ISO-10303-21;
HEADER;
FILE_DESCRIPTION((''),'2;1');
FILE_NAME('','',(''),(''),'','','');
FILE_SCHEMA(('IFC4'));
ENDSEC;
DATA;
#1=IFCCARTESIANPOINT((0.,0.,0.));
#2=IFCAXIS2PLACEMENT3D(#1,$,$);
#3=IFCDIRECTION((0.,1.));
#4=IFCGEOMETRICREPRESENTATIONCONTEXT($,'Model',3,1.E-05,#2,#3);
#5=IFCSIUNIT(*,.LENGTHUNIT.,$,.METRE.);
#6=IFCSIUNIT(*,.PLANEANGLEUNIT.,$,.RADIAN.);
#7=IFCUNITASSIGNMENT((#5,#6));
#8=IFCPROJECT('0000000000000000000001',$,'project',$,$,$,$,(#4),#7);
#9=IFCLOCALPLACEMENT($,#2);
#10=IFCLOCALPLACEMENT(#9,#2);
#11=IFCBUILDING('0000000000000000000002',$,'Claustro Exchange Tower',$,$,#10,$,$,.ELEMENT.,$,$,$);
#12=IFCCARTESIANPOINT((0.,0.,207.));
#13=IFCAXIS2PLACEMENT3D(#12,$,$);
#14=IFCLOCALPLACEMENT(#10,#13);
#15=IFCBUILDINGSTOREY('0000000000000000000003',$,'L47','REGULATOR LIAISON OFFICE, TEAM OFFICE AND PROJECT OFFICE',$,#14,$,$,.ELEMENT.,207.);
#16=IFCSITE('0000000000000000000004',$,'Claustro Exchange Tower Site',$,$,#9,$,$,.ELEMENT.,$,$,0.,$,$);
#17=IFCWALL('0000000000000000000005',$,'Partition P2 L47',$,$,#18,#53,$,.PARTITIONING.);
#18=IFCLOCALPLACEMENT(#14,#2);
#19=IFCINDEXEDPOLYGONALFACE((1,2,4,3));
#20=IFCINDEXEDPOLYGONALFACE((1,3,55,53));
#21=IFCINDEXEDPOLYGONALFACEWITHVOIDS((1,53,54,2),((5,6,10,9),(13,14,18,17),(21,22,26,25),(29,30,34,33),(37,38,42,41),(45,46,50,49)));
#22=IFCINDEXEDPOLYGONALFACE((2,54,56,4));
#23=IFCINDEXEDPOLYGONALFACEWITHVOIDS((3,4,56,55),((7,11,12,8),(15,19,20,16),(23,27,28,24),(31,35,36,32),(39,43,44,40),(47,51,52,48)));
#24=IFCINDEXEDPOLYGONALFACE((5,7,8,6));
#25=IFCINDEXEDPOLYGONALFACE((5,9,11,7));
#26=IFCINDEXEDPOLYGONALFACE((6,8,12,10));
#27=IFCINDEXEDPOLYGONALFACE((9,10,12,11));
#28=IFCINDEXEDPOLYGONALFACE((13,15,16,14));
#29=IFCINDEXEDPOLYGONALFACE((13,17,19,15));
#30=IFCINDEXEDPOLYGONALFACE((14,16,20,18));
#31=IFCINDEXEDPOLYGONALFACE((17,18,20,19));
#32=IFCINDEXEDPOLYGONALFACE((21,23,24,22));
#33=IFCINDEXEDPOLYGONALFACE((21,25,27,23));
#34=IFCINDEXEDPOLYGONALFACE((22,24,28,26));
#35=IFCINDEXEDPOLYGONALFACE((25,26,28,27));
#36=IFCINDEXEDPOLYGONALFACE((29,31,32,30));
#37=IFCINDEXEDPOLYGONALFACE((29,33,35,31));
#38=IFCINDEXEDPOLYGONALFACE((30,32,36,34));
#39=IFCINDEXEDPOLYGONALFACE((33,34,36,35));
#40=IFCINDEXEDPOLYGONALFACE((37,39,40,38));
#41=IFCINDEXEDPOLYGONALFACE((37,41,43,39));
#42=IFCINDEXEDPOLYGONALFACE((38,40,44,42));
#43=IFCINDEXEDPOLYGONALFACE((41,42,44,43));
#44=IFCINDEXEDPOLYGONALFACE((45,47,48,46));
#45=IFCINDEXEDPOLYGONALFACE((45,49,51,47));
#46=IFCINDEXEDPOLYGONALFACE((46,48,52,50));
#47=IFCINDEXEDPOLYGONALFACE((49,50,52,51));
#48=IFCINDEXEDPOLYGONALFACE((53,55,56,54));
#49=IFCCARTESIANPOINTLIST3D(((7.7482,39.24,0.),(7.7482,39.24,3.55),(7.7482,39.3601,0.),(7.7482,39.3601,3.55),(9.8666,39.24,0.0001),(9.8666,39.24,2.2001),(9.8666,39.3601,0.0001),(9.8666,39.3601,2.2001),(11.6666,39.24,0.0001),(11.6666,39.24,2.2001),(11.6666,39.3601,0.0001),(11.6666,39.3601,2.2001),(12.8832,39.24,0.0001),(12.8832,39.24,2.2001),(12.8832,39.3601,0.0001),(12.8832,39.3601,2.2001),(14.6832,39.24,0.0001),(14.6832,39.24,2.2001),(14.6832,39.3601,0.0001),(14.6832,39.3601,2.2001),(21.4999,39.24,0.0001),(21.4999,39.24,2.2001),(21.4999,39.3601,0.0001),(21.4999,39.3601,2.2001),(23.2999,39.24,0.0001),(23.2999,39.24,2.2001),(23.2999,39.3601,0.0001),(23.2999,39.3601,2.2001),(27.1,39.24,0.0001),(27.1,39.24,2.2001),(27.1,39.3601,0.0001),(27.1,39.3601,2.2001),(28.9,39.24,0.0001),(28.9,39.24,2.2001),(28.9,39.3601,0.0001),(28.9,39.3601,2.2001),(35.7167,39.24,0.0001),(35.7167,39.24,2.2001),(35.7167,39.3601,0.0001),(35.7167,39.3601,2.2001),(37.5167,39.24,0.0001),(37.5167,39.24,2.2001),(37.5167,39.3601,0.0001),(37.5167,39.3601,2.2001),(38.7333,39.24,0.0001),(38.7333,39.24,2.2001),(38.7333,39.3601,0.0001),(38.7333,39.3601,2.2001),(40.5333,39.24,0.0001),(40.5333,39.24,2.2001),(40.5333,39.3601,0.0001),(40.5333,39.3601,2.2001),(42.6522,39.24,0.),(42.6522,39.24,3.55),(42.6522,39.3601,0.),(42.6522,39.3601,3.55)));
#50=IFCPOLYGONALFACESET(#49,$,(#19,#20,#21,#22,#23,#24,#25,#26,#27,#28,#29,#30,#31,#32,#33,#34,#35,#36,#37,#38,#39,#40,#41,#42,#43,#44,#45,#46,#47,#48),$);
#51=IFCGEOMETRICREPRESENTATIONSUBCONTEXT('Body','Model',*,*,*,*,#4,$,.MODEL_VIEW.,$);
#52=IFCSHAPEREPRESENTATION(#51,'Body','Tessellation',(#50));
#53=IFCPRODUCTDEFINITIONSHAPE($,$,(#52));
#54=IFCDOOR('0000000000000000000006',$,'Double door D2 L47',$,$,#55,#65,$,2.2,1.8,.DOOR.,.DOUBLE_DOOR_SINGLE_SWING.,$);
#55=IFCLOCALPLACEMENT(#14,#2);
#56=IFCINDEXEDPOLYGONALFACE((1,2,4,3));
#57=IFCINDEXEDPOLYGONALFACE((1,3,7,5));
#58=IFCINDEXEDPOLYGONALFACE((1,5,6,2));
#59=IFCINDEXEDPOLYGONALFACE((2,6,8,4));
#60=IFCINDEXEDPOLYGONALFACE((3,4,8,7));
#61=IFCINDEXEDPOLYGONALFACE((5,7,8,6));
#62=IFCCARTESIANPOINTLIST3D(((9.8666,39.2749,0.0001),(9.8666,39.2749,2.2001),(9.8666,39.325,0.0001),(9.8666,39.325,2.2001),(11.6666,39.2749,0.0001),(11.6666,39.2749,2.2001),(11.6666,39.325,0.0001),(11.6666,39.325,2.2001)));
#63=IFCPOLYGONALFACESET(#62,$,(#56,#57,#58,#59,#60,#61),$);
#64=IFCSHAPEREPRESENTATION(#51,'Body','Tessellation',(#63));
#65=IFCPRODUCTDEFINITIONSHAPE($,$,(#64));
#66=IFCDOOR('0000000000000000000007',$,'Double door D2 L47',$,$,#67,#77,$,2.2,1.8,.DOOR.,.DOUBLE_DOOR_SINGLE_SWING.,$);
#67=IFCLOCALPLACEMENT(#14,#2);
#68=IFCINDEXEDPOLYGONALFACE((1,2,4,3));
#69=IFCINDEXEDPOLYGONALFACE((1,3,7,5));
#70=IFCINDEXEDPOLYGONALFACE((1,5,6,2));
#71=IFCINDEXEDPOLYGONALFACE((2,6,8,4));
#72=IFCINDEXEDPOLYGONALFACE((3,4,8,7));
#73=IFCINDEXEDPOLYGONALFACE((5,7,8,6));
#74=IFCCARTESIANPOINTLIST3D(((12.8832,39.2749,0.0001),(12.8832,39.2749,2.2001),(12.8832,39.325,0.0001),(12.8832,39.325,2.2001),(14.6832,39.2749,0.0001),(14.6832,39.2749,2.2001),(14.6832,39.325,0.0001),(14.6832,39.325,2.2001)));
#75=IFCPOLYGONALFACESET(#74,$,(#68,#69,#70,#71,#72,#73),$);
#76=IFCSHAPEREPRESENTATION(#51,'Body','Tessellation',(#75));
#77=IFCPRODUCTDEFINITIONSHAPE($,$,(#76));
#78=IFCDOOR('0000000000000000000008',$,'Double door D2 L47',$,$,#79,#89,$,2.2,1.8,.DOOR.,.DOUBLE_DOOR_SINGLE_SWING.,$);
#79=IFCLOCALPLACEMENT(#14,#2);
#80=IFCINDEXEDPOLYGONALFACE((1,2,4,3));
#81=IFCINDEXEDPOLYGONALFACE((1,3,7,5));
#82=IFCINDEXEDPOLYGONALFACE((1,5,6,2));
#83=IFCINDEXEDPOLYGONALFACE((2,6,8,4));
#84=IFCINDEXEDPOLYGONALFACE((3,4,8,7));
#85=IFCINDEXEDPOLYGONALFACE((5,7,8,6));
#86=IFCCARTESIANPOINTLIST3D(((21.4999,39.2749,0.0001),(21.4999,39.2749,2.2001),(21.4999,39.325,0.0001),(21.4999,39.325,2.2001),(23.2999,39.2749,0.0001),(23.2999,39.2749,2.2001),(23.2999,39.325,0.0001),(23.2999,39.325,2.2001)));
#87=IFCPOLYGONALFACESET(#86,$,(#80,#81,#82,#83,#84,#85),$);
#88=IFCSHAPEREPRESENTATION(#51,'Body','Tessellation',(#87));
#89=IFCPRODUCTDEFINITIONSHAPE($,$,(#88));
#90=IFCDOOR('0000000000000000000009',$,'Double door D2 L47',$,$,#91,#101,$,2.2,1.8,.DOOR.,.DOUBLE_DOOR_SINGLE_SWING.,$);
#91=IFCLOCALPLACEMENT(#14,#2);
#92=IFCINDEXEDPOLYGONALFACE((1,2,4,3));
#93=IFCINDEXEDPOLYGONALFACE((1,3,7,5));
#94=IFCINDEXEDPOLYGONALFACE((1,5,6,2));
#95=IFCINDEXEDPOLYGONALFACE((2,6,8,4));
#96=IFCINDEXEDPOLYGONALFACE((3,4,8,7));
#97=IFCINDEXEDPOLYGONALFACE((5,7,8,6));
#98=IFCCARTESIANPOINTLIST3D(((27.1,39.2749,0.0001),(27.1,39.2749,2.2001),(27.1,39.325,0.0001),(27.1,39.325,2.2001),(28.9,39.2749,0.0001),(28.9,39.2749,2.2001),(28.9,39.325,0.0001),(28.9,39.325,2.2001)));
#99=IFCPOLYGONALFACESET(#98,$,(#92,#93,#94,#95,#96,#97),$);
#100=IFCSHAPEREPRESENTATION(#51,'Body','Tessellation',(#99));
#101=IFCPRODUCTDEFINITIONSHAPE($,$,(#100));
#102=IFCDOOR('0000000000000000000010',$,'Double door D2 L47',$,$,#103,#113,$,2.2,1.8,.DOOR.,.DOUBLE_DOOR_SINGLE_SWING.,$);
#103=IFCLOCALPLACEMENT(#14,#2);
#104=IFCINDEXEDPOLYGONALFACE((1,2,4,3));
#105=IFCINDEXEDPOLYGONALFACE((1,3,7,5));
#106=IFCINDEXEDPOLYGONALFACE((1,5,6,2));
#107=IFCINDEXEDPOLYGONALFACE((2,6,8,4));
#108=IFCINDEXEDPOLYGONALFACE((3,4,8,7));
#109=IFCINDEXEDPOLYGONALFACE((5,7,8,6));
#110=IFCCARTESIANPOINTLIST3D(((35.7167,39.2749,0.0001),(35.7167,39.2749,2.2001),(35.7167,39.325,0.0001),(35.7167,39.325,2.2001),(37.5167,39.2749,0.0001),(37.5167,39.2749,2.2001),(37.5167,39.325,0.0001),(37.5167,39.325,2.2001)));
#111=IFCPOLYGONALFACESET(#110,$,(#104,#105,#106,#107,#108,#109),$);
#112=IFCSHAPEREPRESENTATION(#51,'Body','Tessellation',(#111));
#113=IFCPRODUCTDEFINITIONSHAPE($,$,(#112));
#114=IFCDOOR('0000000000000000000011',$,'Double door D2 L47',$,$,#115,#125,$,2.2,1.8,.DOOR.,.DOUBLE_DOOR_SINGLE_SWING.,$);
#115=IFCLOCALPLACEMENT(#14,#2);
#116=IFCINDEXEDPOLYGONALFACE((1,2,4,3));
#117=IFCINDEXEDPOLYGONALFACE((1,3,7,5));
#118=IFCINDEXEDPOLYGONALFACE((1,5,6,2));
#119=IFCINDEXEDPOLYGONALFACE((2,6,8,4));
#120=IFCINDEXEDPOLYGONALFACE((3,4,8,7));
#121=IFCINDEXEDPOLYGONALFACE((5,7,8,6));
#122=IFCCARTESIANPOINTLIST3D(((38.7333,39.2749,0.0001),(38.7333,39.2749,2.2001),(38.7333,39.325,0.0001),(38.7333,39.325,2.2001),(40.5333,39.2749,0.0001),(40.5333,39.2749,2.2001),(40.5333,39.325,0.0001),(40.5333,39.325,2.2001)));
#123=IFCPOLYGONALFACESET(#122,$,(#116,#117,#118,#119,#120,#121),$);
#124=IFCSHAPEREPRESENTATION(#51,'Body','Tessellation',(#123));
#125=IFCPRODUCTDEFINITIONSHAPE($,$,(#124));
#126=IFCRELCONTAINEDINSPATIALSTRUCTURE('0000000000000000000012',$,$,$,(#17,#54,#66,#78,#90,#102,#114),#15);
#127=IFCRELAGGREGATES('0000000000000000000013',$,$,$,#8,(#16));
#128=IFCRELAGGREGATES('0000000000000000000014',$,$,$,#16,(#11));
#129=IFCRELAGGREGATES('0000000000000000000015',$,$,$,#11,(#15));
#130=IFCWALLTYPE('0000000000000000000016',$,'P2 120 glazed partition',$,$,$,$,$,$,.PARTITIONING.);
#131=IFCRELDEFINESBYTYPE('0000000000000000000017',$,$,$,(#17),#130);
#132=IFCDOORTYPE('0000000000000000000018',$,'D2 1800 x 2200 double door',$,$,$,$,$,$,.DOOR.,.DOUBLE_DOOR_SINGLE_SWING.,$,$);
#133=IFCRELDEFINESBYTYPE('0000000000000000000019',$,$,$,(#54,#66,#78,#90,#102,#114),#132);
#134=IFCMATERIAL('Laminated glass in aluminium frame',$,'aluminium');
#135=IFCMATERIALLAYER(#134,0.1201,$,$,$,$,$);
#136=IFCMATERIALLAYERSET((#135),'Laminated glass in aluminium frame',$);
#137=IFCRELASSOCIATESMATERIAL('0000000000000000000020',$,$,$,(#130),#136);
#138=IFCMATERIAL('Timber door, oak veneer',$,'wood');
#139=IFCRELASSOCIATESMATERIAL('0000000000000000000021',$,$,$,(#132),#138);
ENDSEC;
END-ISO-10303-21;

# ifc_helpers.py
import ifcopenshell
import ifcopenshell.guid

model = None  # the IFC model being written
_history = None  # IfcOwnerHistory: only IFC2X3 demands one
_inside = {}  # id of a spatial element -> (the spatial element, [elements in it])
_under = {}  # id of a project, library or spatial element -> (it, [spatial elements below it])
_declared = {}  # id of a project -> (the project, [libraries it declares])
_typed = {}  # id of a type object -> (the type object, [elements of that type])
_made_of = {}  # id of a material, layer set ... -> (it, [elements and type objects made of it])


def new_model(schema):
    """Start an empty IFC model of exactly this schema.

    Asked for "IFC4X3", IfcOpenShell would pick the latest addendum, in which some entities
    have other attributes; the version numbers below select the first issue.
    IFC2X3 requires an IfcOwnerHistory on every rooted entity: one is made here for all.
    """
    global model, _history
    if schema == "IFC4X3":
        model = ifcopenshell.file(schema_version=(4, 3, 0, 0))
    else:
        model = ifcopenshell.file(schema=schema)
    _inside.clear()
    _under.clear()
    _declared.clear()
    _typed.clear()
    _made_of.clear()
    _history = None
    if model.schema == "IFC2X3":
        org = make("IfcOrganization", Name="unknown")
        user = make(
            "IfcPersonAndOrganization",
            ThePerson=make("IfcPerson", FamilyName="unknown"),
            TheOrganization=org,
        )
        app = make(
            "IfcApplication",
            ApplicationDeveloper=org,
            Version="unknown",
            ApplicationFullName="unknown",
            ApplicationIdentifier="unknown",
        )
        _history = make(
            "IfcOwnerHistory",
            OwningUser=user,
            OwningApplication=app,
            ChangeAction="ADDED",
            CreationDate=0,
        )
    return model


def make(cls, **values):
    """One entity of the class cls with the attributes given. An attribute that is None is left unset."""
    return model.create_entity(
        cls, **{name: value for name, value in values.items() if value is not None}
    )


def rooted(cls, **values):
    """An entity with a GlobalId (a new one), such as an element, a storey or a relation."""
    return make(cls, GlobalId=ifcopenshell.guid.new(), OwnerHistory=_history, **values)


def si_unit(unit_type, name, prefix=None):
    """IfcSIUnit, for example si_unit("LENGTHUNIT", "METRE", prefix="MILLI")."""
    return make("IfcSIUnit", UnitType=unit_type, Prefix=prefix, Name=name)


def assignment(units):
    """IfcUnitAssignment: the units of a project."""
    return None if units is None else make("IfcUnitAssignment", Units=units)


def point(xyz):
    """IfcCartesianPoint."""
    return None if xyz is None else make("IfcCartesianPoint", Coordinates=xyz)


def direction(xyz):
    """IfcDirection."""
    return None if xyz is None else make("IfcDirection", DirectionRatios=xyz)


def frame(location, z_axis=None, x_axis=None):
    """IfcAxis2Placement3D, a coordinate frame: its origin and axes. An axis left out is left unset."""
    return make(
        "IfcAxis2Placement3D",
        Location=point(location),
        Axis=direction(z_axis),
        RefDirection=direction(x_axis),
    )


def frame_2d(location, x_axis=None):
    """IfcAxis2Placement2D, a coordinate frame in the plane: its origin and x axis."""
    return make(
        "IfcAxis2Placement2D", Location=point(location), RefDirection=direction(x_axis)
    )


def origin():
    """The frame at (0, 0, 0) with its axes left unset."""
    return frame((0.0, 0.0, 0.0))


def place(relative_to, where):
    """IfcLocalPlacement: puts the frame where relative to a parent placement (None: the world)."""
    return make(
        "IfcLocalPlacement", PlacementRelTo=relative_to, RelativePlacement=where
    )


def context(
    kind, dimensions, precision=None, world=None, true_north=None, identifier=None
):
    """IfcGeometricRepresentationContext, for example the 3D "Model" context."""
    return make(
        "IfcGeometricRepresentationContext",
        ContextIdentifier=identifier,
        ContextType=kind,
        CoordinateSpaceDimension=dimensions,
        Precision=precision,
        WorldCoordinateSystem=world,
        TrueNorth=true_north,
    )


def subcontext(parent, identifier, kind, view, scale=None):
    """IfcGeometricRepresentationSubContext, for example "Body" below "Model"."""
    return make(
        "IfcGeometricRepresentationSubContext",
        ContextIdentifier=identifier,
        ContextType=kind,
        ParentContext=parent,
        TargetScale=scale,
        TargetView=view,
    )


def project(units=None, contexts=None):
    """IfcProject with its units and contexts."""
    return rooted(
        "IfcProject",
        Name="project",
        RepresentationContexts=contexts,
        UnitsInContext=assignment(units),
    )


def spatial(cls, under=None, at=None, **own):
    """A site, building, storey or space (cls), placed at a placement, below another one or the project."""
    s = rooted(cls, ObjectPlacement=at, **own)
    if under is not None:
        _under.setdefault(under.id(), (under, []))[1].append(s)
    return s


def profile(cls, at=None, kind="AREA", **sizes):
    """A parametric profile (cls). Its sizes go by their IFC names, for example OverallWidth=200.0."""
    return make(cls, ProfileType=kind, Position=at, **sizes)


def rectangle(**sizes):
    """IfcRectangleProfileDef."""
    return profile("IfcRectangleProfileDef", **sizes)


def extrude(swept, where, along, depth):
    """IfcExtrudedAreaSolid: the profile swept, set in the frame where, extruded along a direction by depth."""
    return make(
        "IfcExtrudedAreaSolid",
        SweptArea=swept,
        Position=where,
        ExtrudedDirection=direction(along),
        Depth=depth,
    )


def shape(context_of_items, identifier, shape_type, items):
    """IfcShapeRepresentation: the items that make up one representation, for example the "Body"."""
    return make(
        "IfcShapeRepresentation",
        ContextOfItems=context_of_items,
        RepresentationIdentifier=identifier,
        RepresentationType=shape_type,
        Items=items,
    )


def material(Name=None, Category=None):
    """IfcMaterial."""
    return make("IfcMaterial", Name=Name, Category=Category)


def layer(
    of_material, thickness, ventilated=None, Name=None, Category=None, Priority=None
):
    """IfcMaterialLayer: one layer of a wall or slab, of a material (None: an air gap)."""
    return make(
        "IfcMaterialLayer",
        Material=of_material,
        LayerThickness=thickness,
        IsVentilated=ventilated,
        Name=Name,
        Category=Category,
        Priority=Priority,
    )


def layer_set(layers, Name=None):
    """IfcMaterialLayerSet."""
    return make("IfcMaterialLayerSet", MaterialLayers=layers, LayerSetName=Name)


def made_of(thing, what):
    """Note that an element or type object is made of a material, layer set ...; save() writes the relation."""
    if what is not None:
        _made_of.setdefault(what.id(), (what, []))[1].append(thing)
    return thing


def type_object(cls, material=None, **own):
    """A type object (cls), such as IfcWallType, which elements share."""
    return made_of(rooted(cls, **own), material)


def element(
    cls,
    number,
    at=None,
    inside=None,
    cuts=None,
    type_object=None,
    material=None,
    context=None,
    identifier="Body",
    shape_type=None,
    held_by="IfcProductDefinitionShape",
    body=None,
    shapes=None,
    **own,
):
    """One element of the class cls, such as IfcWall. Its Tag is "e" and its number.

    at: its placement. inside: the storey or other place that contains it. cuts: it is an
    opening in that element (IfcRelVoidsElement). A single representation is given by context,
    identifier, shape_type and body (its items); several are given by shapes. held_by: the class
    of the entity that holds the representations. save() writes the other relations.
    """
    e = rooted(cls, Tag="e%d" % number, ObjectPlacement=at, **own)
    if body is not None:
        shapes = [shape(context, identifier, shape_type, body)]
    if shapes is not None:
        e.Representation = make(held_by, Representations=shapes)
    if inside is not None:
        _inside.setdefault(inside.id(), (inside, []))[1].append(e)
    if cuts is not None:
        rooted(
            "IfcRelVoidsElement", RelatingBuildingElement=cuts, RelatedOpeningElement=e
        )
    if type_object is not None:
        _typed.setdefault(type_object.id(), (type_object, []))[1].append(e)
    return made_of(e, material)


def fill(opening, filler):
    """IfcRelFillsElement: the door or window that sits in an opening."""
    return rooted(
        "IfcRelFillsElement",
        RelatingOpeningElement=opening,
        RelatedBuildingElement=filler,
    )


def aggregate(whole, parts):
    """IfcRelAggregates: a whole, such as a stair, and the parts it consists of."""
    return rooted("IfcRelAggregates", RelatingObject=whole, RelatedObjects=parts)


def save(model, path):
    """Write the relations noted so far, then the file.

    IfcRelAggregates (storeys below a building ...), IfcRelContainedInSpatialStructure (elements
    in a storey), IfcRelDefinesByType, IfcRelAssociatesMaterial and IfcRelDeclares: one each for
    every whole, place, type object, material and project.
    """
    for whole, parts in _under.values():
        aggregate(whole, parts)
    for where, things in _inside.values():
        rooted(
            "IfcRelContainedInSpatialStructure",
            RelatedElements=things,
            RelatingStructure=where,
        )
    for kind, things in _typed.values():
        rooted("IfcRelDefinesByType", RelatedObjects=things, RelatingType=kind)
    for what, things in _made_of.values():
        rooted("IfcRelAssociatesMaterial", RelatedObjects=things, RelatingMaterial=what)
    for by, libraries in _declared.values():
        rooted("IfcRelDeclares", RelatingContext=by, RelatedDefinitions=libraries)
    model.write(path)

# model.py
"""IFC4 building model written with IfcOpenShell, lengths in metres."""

from ifc_helpers import new_model, si_unit, direction, frame, frame_2d, origin, place, context, subcontext, project, spatial, rectangle, extrude, material, layer, layer_set, type_object, element, fill, save


model = new_model("IFC4")

# Units and contexts
model_context = context("Model", 3, precision=1e-05, world=origin(), true_north=direction((0.0, 1.0)))
body_context = subcontext(model_context, "Body", "Model", "MODEL_VIEW")
ifc_project = project(units=[si_unit("LENGTHUNIT", "METRE"), si_unit("PLANEANGLEUNIT", "RADIAN")], contexts=[model_context])

# Site, building, storey
site_placement = place(None, origin())
site = spatial("IfcSite", under=ifc_project, at=site_placement, Name="Claustro Exchange Tower Site", CompositionType="ELEMENT", RefElevation=0.0)
building_placement = place(site_placement, origin())
building = spatial("IfcBuilding", under=site, at=building_placement, Name="Claustro Exchange Tower", CompositionType="ELEMENT")
storey_placement = place(building_placement, frame((0.0, 0.0, 207.0)))
storey = spatial("IfcBuildingStorey", under=building, at=storey_placement, Name="L47", Description="REGULATOR LIAISON OFFICE, TEAM OFFICE AND PROJECT OFFICE", CompositionType="ELEMENT", Elevation=207.0)

# Shared definitions
ifc_material_1 = material(Name="Laminated glass in aluminium frame", Category="aluminium")
ifc_layer_1 = layer(ifc_material_1, 0.1201)
ifc_layer_set_1 = layer_set([ifc_layer_1], Name="Laminated glass in aluminium frame")
wall_type_1 = type_object("IfcWallType", Name="P2 120 glazed partition", PredefinedType="PARTITIONING", material=ifc_layer_set_1)

# Wall, openings, doors
wall_1_placement = place(storey_placement, frame((7.748, 39.3, 0.0), z_axis=(0.0, 0.0, 1.0), x_axis=(1.0, 0.0, 0.0)))
wall_1 = element("IfcWall", 1, at=wall_1_placement, inside=storey, type_object=wall_type_1, Name="Partition P2 L47", PredefinedType="PARTITIONING", context=body_context, shape_type="SweptSolid", body=[
    extrude(rectangle(XDim=34.9041, YDim=0.1201, at=frame_2d((17.4521, 0.0))), origin(), (0.0, 0.0, 1.0), 3.55),
])
opening_1_placement = place(wall_1_placement, frame((2.1187, 0.0, 0.0)))
opening_1 = element("IfcOpeningElement", 2, at=opening_1_placement, cuts=wall_1, PredefinedType="OPENING", context=body_context, shape_type="SweptSolid", body=[
    extrude(rectangle(XDim=1.8, YDim=2.2, at=frame_2d((0.8999, 1.1001))), frame((0.0, 0.0701, 0.0), z_axis=(0.0, -1.0, 0.0), x_axis=(1.0, 0.0, 0.0)), (0.0, 0.0, 1.0), 0.1401),
])
opening_2_placement = place(wall_1_placement, frame((5.1353, 0.0, 0.0)))
opening_2 = element("IfcOpeningElement", 3, at=opening_2_placement, cuts=wall_1, PredefinedType="OPENING", context=body_context, shape_type="SweptSolid", body=[
    extrude(rectangle(XDim=1.8, YDim=2.2, at=frame_2d((0.8999, 1.1001))), frame((0.0, 0.0701, 0.0), z_axis=(0.0, -1.0, 0.0), x_axis=(1.0, 0.0, 0.0)), (0.0, 0.0, 1.0), 0.1401),
])
opening_3_placement = place(wall_1_placement, frame((13.752, 0.0, 0.0)))
opening_3 = element("IfcOpeningElement", 4, at=opening_3_placement, cuts=wall_1, PredefinedType="OPENING", context=body_context, shape_type="SweptSolid", body=[
    extrude(rectangle(XDim=1.8, YDim=2.2, at=frame_2d((0.8999, 1.1001))), frame((0.0, 0.0701, 0.0), z_axis=(0.0, -1.0, 0.0), x_axis=(1.0, 0.0, 0.0)), (0.0, 0.0, 1.0), 0.1401),
])
opening_4_placement = place(wall_1_placement, frame((19.3521, 0.0, 0.0)))
opening_4 = element("IfcOpeningElement", 5, at=opening_4_placement, cuts=wall_1, PredefinedType="OPENING", context=body_context, shape_type="SweptSolid", body=[
    extrude(rectangle(XDim=1.8, YDim=2.2, at=frame_2d((0.8999, 1.1001))), frame((0.0, 0.0701, 0.0), z_axis=(0.0, -1.0, 0.0), x_axis=(1.0, 0.0, 0.0)), (0.0, 0.0, 1.0), 0.1401),
])
opening_5_placement = place(wall_1_placement, frame((27.9688, 0.0, 0.0)))
opening_5 = element("IfcOpeningElement", 6, at=opening_5_placement, cuts=wall_1, PredefinedType="OPENING", context=body_context, shape_type="SweptSolid", body=[
    extrude(rectangle(XDim=1.8, YDim=2.2, at=frame_2d((0.8999, 1.1001))), frame((0.0, 0.0701, 0.0), z_axis=(0.0, -1.0, 0.0), x_axis=(1.0, 0.0, 0.0)), (0.0, 0.0, 1.0), 0.1401),
])
opening_6_placement = place(wall_1_placement, frame((30.9854, 0.0, 0.0)))
opening_6 = element("IfcOpeningElement", 7, at=opening_6_placement, cuts=wall_1, PredefinedType="OPENING", context=body_context, shape_type="SweptSolid", body=[
    extrude(rectangle(XDim=1.8, YDim=2.2, at=frame_2d((0.8999, 1.1001))), frame((0.0, 0.0701, 0.0), z_axis=(0.0, -1.0, 0.0), x_axis=(1.0, 0.0, 0.0)), (0.0, 0.0, 1.0), 0.1401),
])
ifc_material_2 = material(Name="Timber door, oak veneer", Category="wood")
door_type_1 = type_object("IfcDoorType", Name="D2 1800 x 2200 double door", OperationType="DOUBLE_DOOR_SINGLE_SWING", PredefinedType="DOOR", material=ifc_material_2)
door_1_placement = place(opening_1_placement, origin())
door_1 = element("IfcDoor", 8, at=door_1_placement, inside=storey, type_object=door_type_1, Name="Double door D2 L47", OperationType="DOUBLE_DOOR_SINGLE_SWING", OverallHeight=2.2, OverallWidth=1.8, PredefinedType="DOOR", context=body_context, shape_type="SweptSolid", body=[
    extrude(rectangle(XDim=1.8, YDim=2.2, at=frame_2d((0.8999, 1.1001))), frame((0.0, 0.0249, 0.0), z_axis=(0.0, -1.0, 0.0), x_axis=(1.0, 0.0, 0.0)), (0.0, 0.0, 1.0), 0.05),
])
fill(opening_1, door_1)
door_2_placement = place(opening_2_placement, origin())
door_2 = element("IfcDoor", 9, at=door_2_placement, inside=storey, type_object=door_type_1, Name="Double door D2 L47", OperationType="DOUBLE_DOOR_SINGLE_SWING", OverallHeight=2.2, OverallWidth=1.8, PredefinedType="DOOR", context=body_context, shape_type="SweptSolid", body=[
    extrude(rectangle(XDim=1.8, YDim=2.2, at=frame_2d((0.8999, 1.1001))), frame((0.0, 0.0249, 0.0), z_axis=(0.0, -1.0, 0.0), x_axis=(1.0, 0.0, 0.0)), (0.0, 0.0, 1.0), 0.05),
])
fill(opening_2, door_2)
door_3_placement = place(opening_3_placement, origin())
door_3 = element("IfcDoor", 10, at=door_3_placement, inside=storey, type_object=door_type_1, Name="Double door D2 L47", OperationType="DOUBLE_DOOR_SINGLE_SWING", OverallHeight=2.2, OverallWidth=1.8, PredefinedType="DOOR", context=body_context, shape_type="SweptSolid", body=[
    extrude(rectangle(XDim=1.8, YDim=2.2, at=frame_2d((0.8999, 1.1001))), frame((0.0, 0.0249, 0.0), z_axis=(0.0, -1.0, 0.0), x_axis=(1.0, 0.0, 0.0)), (0.0, 0.0, 1.0), 0.05),
])
fill(opening_3, door_3)
door_4_placement = place(opening_4_placement, origin())
door_4 = element("IfcDoor", 11, at=door_4_placement, inside=storey, type_object=door_type_1, Name="Double door D2 L47", OperationType="DOUBLE_DOOR_SINGLE_SWING", OverallHeight=2.2, OverallWidth=1.8, PredefinedType="DOOR", context=body_context, shape_type="SweptSolid", body=[
    extrude(rectangle(XDim=1.8, YDim=2.2, at=frame_2d((0.8999, 1.1001))), frame((0.0, 0.0249, 0.0), z_axis=(0.0, -1.0, 0.0), x_axis=(1.0, 0.0, 0.0)), (0.0, 0.0, 1.0), 0.05),
])
fill(opening_4, door_4)
door_5_placement = place(opening_5_placement, origin())
door_5 = element("IfcDoor", 12, at=door_5_placement, inside=storey, type_object=door_type_1, Name="Double door D2 L47", OperationType="DOUBLE_DOOR_SINGLE_SWING", OverallHeight=2.2, OverallWidth=1.8, PredefinedType="DOOR", context=body_context, shape_type="SweptSolid", body=[
    extrude(rectangle(XDim=1.8, YDim=2.2, at=frame_2d((0.8999, 1.1001))), frame((0.0, 0.0249, 0.0), z_axis=(0.0, -1.0, 0.0), x_axis=(1.0, 0.0, 0.0)), (0.0, 0.0, 1.0), 0.05),
])
fill(opening_5, door_5)
door_6_placement = place(opening_6_placement, origin())
door_6 = element("IfcDoor", 13, at=door_6_placement, inside=storey, type_object=door_type_1, Name="Double door D2 L47", OperationType="DOUBLE_DOOR_SINGLE_SWING", OverallHeight=2.2, OverallWidth=1.8, PredefinedType="DOOR", context=body_context, shape_type="SweptSolid", body=[
    extrude(rectangle(XDim=1.8, YDim=2.2, at=frame_2d((0.8999, 1.1001))), frame((0.0, 0.0249, 0.0), z_axis=(0.0, -1.0, 0.0), x_axis=(1.0, 0.0, 0.0)), (0.0, 0.0, 1.0), 0.05),
])
fill(opening_6, door_6)

save(model, "model.ifc")
